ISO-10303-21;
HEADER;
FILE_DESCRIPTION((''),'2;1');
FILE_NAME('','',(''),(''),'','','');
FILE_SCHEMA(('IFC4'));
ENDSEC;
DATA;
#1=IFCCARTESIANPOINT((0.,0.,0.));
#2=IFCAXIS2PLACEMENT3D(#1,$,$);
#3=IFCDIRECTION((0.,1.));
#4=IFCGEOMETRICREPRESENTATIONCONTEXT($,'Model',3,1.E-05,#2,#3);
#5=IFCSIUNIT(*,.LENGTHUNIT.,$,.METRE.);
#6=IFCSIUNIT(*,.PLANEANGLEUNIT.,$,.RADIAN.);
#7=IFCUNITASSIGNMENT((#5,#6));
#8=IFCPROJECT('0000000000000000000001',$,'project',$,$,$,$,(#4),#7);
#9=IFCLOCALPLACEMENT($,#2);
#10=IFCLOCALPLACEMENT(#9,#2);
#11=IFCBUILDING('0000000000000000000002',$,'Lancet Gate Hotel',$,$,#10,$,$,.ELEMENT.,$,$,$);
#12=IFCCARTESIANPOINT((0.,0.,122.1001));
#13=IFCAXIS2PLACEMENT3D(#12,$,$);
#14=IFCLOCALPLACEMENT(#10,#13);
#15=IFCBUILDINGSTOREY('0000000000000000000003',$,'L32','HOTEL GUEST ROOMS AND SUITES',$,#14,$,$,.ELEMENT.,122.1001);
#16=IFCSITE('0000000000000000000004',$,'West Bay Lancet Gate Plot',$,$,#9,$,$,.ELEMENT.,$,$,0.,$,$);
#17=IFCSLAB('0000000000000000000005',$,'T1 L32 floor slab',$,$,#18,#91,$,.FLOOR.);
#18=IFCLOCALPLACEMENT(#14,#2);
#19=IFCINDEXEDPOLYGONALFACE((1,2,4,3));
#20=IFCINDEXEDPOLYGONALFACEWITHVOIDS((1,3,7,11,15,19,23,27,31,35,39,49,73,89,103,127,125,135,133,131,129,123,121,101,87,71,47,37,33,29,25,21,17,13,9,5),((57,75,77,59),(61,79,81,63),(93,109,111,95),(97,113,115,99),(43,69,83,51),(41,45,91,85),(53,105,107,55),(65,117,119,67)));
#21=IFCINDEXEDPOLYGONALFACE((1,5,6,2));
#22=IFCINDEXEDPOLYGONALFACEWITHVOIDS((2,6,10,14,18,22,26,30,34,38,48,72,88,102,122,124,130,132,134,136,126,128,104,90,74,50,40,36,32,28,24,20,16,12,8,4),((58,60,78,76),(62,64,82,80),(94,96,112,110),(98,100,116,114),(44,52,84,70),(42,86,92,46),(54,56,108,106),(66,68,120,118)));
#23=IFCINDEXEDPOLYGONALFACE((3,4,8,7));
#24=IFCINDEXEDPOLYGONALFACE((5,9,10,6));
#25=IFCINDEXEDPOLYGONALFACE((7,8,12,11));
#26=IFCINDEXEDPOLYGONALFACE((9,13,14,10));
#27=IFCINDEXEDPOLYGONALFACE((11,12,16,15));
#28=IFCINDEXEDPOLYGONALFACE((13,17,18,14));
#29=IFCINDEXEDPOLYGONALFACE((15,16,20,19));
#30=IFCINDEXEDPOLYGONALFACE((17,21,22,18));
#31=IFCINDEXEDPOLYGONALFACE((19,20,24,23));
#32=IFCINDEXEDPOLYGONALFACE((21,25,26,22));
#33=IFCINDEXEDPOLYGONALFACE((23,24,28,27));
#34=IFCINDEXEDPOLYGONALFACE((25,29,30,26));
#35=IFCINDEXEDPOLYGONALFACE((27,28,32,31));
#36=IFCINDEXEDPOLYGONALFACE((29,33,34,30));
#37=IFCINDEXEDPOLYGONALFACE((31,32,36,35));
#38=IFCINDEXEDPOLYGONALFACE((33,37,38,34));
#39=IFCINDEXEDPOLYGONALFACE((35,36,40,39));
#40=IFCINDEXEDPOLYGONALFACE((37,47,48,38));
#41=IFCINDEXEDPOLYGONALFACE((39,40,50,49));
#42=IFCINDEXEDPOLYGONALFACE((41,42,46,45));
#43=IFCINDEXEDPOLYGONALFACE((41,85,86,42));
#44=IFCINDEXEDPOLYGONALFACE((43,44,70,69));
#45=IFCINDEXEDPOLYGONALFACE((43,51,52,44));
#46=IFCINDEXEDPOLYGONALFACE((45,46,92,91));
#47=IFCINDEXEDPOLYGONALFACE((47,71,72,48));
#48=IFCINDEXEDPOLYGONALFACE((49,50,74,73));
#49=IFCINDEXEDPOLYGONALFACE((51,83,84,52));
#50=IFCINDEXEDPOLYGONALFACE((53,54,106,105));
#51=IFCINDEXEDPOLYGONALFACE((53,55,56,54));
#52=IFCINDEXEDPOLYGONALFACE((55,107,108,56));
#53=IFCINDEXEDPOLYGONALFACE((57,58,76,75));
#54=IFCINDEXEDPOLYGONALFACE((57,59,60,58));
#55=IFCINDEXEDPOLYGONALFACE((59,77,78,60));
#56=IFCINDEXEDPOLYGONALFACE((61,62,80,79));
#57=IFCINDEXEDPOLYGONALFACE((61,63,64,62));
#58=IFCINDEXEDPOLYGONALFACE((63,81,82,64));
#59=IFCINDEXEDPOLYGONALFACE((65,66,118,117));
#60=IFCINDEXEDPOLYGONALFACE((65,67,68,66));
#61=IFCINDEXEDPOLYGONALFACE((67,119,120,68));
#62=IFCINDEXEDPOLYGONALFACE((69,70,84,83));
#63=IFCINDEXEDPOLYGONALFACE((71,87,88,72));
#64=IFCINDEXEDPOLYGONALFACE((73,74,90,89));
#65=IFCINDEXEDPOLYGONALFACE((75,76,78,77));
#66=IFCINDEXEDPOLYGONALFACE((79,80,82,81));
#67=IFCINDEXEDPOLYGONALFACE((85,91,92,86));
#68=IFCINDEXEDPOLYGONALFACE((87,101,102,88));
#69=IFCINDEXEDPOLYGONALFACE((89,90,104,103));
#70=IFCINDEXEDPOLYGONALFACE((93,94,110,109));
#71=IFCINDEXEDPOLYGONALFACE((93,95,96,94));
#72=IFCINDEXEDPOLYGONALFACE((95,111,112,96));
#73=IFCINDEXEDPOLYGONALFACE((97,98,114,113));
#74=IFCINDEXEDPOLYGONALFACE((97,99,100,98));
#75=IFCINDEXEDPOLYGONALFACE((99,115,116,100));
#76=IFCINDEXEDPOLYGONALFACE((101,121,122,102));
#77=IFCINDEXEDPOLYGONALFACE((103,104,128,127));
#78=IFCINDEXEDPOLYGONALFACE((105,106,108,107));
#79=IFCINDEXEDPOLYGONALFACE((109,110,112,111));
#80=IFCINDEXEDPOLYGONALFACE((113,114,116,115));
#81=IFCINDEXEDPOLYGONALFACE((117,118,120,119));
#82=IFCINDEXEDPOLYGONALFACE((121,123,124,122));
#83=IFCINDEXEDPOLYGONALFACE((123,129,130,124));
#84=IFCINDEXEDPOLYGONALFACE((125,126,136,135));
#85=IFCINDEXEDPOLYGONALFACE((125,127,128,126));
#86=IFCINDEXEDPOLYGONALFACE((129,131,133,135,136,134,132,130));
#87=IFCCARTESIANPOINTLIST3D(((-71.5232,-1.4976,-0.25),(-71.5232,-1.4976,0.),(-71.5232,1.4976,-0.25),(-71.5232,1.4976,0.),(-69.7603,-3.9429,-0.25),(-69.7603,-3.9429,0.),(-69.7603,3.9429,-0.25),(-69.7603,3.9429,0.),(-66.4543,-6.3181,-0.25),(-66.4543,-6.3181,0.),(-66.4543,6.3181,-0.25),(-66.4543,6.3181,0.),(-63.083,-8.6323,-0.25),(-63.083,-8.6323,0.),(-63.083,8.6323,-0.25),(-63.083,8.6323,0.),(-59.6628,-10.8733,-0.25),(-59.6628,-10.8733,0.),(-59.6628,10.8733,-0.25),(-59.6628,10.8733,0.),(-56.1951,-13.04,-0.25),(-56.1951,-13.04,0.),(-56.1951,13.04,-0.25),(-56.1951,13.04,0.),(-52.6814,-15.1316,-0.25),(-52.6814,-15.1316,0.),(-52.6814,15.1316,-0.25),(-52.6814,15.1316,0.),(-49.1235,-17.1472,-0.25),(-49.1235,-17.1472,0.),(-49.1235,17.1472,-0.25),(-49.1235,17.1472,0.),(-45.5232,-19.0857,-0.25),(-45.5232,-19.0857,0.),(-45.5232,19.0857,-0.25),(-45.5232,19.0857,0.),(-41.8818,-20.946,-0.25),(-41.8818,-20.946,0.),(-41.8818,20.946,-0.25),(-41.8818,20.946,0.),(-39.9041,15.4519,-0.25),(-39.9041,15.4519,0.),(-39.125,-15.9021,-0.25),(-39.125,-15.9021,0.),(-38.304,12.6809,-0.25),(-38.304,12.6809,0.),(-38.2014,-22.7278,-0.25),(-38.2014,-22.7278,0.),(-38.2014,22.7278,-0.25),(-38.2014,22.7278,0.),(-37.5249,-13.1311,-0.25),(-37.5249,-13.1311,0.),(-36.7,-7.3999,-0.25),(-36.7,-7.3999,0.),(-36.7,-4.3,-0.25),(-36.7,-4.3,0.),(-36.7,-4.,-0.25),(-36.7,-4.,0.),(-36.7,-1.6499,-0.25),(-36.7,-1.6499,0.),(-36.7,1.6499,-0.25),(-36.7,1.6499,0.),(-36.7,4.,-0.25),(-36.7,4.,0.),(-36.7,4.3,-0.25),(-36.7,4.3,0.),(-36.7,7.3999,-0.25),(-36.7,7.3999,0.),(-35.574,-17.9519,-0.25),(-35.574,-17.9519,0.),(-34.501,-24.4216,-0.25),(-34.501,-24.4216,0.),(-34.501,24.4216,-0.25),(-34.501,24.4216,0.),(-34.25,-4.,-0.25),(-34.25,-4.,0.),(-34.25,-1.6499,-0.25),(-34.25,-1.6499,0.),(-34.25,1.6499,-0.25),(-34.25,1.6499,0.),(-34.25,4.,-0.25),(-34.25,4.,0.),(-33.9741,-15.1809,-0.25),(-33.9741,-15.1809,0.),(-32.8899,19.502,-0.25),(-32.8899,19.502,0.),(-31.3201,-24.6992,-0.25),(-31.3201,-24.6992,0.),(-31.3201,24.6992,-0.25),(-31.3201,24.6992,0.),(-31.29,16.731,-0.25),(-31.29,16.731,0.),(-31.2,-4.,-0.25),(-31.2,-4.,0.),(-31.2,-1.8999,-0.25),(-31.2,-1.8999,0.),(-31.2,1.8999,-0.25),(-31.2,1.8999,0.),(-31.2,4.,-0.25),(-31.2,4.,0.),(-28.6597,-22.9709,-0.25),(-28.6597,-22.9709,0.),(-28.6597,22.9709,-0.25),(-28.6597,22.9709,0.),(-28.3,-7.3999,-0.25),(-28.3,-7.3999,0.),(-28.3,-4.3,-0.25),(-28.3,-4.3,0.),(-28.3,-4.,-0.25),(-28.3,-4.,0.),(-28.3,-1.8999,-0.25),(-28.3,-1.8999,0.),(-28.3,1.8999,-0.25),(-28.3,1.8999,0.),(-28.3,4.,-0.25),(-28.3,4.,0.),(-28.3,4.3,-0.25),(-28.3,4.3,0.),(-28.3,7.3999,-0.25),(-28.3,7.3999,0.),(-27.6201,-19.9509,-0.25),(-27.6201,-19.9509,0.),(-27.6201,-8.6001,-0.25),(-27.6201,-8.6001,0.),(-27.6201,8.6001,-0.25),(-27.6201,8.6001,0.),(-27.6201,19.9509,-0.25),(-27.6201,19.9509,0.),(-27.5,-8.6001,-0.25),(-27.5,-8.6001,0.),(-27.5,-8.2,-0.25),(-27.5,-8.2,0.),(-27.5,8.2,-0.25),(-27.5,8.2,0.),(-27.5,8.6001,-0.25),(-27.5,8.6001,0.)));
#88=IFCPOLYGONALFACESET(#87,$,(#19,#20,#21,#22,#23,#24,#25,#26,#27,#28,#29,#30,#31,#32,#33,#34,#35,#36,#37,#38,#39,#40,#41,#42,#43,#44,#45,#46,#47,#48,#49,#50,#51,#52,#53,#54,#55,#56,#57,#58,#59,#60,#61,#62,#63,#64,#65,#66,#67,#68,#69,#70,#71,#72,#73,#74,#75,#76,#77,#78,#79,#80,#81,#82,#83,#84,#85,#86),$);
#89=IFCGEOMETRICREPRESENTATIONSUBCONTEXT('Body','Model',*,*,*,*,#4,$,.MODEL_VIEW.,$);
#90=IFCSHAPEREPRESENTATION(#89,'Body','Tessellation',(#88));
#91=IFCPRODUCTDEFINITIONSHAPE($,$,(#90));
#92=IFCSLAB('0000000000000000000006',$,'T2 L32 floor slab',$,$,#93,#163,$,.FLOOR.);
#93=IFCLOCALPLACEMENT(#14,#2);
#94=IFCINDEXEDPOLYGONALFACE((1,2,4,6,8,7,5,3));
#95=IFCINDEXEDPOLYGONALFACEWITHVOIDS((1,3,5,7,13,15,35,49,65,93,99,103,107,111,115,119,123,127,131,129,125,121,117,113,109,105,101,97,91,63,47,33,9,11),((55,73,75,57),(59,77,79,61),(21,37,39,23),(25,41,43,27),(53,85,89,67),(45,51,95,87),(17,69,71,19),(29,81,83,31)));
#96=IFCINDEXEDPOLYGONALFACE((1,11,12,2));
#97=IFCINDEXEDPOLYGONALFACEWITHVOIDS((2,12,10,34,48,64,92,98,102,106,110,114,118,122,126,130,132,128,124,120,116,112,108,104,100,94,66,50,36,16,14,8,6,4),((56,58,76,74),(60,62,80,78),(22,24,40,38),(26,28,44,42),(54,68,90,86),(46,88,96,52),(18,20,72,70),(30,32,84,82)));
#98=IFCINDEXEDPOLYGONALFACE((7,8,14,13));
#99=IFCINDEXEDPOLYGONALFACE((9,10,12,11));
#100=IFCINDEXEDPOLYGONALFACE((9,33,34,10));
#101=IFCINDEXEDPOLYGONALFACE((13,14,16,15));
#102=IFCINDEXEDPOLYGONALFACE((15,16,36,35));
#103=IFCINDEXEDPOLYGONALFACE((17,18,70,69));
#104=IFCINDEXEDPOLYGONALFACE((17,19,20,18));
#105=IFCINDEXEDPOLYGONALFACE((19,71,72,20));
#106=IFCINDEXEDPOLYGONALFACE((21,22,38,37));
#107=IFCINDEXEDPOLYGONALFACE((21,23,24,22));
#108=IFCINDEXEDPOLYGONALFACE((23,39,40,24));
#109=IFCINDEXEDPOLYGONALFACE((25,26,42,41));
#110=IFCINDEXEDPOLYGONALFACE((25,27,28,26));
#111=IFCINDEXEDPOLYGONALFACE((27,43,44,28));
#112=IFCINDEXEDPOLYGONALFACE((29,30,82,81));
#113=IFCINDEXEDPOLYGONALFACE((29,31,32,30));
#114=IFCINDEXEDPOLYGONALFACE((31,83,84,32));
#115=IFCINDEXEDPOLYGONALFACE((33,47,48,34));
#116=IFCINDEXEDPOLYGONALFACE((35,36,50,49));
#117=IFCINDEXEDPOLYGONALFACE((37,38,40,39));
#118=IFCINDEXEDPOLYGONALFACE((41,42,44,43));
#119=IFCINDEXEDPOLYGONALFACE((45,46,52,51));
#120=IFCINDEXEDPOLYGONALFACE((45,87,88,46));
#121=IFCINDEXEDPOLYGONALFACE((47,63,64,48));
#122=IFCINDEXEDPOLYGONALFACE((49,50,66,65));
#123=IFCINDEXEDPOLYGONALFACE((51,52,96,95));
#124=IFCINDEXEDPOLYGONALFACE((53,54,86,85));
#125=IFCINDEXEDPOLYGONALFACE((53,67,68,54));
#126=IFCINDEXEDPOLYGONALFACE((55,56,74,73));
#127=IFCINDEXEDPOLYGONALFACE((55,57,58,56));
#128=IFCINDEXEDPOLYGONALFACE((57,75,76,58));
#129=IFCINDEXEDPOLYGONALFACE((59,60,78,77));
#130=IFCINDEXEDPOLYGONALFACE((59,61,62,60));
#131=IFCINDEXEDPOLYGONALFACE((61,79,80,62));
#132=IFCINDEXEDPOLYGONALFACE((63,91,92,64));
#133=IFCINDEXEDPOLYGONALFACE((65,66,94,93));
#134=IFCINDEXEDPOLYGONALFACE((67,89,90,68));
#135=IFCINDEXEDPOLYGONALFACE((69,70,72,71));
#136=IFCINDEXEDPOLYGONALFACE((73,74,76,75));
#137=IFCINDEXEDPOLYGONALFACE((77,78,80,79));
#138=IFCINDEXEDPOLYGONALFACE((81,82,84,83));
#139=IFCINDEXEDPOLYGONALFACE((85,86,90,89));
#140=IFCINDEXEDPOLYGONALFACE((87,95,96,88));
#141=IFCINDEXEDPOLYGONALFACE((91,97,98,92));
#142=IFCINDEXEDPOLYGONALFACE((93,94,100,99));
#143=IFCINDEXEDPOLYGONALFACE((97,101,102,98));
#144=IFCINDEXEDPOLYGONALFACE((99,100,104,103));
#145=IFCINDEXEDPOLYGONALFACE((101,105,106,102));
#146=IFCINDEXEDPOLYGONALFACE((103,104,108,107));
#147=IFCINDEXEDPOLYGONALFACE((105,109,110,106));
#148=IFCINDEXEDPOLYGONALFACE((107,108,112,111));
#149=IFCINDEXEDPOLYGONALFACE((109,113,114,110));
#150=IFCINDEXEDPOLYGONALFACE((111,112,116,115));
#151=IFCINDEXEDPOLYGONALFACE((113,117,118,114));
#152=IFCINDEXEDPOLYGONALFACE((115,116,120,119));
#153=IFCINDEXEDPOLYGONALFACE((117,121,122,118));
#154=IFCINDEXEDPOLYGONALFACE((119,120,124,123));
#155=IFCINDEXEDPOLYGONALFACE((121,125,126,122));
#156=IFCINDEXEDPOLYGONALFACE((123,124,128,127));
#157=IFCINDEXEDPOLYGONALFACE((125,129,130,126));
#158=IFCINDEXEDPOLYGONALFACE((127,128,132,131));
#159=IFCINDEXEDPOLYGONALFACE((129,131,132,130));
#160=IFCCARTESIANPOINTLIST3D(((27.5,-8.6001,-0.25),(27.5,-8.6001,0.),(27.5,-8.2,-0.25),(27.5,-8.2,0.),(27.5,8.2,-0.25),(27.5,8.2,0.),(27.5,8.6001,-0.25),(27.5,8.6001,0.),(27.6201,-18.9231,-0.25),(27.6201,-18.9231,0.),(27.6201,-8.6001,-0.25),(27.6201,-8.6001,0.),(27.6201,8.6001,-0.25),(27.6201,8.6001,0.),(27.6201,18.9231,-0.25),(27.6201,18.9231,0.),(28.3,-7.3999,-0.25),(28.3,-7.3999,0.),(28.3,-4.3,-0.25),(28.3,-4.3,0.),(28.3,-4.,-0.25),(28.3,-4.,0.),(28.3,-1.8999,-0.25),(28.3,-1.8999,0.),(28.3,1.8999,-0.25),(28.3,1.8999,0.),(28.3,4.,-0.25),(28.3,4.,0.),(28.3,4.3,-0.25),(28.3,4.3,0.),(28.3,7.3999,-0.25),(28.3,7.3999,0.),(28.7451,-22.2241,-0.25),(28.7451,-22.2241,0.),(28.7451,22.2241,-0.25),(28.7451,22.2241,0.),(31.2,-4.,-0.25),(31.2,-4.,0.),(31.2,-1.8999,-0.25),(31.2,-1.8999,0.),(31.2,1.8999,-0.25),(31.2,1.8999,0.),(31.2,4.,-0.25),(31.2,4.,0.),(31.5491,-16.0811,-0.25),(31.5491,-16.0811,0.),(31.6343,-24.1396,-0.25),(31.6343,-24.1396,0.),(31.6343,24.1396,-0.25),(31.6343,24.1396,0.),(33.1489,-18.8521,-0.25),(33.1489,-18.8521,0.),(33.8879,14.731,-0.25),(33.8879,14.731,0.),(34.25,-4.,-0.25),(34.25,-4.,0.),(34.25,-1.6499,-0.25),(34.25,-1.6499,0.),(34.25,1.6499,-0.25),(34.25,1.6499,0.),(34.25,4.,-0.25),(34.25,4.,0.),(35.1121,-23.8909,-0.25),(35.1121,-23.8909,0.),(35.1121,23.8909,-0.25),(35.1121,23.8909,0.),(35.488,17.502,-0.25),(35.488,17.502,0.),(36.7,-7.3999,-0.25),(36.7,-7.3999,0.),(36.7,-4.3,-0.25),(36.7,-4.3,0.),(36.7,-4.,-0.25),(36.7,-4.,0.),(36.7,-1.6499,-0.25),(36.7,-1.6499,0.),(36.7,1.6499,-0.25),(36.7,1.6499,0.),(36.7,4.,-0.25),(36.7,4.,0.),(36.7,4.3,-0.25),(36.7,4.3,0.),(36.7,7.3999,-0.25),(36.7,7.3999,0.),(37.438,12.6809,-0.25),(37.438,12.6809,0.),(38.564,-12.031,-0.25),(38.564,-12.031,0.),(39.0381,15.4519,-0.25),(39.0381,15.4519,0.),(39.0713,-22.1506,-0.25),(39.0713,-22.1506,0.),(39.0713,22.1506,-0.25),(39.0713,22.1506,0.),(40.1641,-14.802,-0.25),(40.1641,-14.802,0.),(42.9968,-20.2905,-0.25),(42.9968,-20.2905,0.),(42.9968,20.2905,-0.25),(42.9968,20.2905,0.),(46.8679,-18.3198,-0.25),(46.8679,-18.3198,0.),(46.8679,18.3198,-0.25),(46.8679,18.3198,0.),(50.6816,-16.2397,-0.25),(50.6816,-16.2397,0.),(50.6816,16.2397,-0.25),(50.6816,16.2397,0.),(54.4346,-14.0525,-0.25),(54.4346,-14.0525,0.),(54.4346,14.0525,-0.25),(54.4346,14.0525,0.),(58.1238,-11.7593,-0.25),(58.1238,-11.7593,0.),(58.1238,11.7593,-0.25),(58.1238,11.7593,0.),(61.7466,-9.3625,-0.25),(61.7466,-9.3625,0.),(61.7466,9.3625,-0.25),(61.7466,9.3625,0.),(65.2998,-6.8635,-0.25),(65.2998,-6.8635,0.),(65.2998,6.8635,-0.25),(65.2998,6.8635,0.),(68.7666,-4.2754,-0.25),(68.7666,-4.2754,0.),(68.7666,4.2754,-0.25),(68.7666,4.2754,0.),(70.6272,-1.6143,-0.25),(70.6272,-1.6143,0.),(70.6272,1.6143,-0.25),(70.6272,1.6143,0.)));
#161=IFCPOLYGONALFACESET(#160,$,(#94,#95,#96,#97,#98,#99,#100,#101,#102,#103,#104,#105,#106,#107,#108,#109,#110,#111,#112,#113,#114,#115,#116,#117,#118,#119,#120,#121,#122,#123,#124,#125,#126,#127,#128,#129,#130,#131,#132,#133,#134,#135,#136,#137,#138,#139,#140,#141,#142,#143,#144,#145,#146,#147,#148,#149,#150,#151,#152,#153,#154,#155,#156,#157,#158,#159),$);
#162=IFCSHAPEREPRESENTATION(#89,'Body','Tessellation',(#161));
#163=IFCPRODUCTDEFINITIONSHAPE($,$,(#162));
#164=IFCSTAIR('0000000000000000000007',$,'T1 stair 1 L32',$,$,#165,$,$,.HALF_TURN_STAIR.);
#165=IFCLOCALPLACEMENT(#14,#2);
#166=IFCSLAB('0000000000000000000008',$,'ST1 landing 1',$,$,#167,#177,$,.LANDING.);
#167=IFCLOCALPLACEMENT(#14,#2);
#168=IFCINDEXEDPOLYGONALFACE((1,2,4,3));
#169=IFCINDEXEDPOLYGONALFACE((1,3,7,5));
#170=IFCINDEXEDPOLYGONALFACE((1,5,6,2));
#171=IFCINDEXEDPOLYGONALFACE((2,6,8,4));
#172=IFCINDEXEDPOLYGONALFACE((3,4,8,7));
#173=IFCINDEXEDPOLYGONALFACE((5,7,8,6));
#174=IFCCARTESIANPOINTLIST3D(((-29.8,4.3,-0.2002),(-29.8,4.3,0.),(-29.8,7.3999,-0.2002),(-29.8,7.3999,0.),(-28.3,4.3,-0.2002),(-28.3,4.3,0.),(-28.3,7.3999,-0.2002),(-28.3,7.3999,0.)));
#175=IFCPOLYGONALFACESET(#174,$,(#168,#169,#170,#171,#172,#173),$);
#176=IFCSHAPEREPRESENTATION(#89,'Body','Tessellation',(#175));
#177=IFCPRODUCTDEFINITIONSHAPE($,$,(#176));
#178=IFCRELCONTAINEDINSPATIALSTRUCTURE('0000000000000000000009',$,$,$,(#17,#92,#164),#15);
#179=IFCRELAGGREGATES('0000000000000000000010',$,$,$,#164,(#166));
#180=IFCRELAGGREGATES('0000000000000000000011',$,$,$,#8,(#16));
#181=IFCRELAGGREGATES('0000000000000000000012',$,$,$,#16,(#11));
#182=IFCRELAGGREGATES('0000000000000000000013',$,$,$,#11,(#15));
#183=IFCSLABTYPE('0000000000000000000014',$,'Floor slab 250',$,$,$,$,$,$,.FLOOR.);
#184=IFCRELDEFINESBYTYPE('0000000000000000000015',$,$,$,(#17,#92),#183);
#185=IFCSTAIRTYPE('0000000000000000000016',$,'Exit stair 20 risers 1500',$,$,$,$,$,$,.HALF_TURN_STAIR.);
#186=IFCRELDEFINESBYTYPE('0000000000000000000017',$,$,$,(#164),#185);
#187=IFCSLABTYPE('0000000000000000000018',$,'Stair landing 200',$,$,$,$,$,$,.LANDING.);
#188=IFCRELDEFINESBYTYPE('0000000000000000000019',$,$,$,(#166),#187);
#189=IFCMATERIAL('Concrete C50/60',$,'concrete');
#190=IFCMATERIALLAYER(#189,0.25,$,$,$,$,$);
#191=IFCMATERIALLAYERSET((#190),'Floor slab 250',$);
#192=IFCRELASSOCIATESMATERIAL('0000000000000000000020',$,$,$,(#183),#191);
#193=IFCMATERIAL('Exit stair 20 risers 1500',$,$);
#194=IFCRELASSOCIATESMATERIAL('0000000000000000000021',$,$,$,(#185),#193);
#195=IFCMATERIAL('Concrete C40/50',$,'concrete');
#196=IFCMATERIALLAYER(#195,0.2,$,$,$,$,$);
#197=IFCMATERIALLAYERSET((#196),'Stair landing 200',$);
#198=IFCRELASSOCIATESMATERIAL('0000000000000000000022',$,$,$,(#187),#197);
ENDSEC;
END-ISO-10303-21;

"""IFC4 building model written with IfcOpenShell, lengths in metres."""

from ifc_helpers import new_model, si_unit, direction, frame, origin, place, context, subcontext, project, spatial, polyline, outline, extrude, material, layer, layer_set, type_object, element, aggregate, save


model = new_model("IFC4")

# Units and contexts
model_context = context("Model", 3, precision=1e-05, world=origin(), true_north=direction((0.0, 1.0)))
body_context = subcontext(model_context, "Body", "Model", "MODEL_VIEW")
ifc_project = project(units=[si_unit("LENGTHUNIT", "METRE"), si_unit("PLANEANGLEUNIT", "RADIAN")], contexts=[model_context])

# Site, building, storey
site_placement = place(None, origin())
site = spatial("IfcSite", under=ifc_project, at=site_placement, Name="West Bay Lancet Gate Plot", CompositionType="ELEMENT", RefElevation=0.0)
building_placement = place(site_placement, origin())
building = spatial("IfcBuilding", under=site, at=building_placement, Name="Lancet Gate Hotel", CompositionType="ELEMENT")
storey_placement = place(building_placement, frame((0.0, 0.0, 122.1001)))
storey = spatial("IfcBuildingStorey", under=building, at=storey_placement, Name="L32", Description="HOTEL GUEST ROOMS AND SUITES", CompositionType="ELEMENT", Elevation=122.1001)

# Slabs
ifc_material_1 = material(Name="Concrete C50/60", Category="concrete")
ifc_layer_1 = layer(ifc_material_1, 0.25)
ifc_layer_set_1 = layer_set([ifc_layer_1], Name="Floor slab 250")
slab_type_1 = type_object("IfcSlabType", Name="Floor slab 250", PredefinedType="FLOOR", material=ifc_layer_set_1)
slab_1_placement = place(storey_placement, frame((0.0, 0.0, -0.25)))
element("IfcSlab", 1, at=slab_1_placement, inside=storey, type_object=slab_type_1, Name="T1 L32 floor slab", PredefinedType="FLOOR", context=body_context, shape_type="SweptSolid", body=[
    extrude(outline(polyline([(-27.5, 8.6001), (-27.6201, 8.6001), (-27.6201, 19.9509), (-28.6597, 22.9709), (-31.3201, 24.6992), (-34.501, 24.4216), (-38.2014, 22.7278), (-41.8818, 20.946), (-45.5232, 19.0857), (-49.1235, 17.1472), (-52.6814, 15.1316), (-56.1951, 13.04), (-59.6628, 10.8733), (-63.083, 8.6323), (-66.4543, 6.3181), (-69.7603, 3.9429), (-71.5232, 1.4976), (-71.5232, -1.4976), (-69.7603, -3.9429), (-66.4543, -6.3181), (-63.083, -8.6323), (-59.6628, -10.8733), (-56.1951, -13.04), (-52.6814, -15.1316), (-49.1235, -17.1472), (-45.5232, -19.0857), (-41.8818, -20.946), (-38.2014, -22.7278), (-34.501, -24.4216), (-31.3201, -24.6992), (-28.6597, -22.9709), (-27.6201, -19.9509), (-27.6201, -8.6001), (-27.5, -8.6001), (-27.5, -8.2), (-27.5, 8.2), (-27.5, 8.6001)]), holes=[polyline([(-36.7, 7.3999), (-36.7, 4.3), (-28.3, 4.3), (-28.3, 7.3999), (-36.7, 7.3999)]), polyline([(-28.3, 4.0), (-31.2, 4.0), (-31.2, 1.8999), (-28.3, 1.8999), (-28.3, 4.0)]), polyline([(-34.25, 4.0), (-36.7, 4.0), (-36.7, 1.6499), (-34.25, 1.6499), (-34.25, 4.0)]), polyline([(-36.7, -1.6499), (-36.7, -4.0), (-34.25, -4.0), (-34.25, -1.6499), (-36.7, -1.6499)]), polyline([(-28.3, -1.8999), (-31.2, -1.8999), (-31.2, -4.0), (-28.3, -4.0), (-28.3, -1.8999)]), polyline([(-28.3, -4.3), (-36.7, -4.3), (-36.7, -7.3999), (-28.3, -7.3999), (-28.3, -4.3)]), polyline([(-31.29, 16.731), (-32.8899, 19.502), (-39.9041, 15.4519), (-38.304, 12.6809), (-31.29, 16.731)]), polyline([(-33.9741, -15.1809), (-37.5249, -13.1311), (-39.125, -15.9021), (-35.574, -17.9519), (-33.9741, -15.1809)])]), origin(), (0.0, 0.0, 1.0), 0.25),
])
slab_2_placement = place(storey_placement, frame((0.0, 0.0, -0.25)))
element("IfcSlab", 2, at=slab_2_placement, inside=storey, type_object=slab_type_1, Name="T2 L32 floor slab", PredefinedType="FLOOR", context=body_context, shape_type="SweptSolid", body=[
    extrude(outline(polyline([(27.5, -8.6001), (27.6201, -8.6001), (27.6201, -18.9231), (28.7451, -22.2241), (31.6343, -24.1396), (35.1121, -23.8909), (39.0713, -22.1506), (42.9968, -20.2905), (46.8679, -18.3198), (50.6816, -16.2397), (54.4346, -14.0525), (58.1238, -11.7593), (61.7466, -9.3625), (65.2998, -6.8635), (68.7666, -4.2754), (70.6272, -1.6143), (70.6272, 1.6143), (68.7666, 4.2754), (65.2998, 6.8635), (61.7466, 9.3625), (58.1238, 11.7593), (54.4346, 14.0525), (50.6816, 16.2397), (46.8679, 18.3198), (42.9968, 20.2905), (39.0713, 22.1506), (35.1121, 23.8909), (31.6343, 24.1396), (28.7451, 22.2241), (27.6201, 18.9231), (27.6201, 8.6001), (27.5, 8.6001), (27.5, 8.2), (27.5, -8.2), (27.5, -8.6001)]), holes=[polyline([(36.7, -7.3999), (36.7, -4.3), (28.3, -4.3), (28.3, -7.3999), (36.7, -7.3999)]), polyline([(28.3, -4.0), (31.2, -4.0), (31.2, -1.8999), (28.3, -1.8999), (28.3, -4.0)]), polyline([(34.25, -4.0), (36.7, -4.0), (36.7, -1.6499), (34.25, -1.6499), (34.25, -4.0)]), polyline([(36.7, 1.6499), (36.7, 4.0), (34.25, 4.0), (34.25, 1.6499), (36.7, 1.6499)]), polyline([(28.3, 1.8999), (31.2, 1.8999), (31.2, 4.0), (28.3, 4.0), (28.3, 1.8999)]), polyline([(28.3, 4.3), (36.7, 4.3), (36.7, 7.3999), (28.3, 7.3999), (28.3, 4.3)]), polyline([(31.5491, -16.0811), (33.1489, -18.8521), (40.1641, -14.802), (38.564, -12.031), (31.5491, -16.0811)]), polyline([(33.8879, 14.731), (37.438, 12.6809), (39.0381, 15.4519), (35.488, 17.502), (33.8879, 14.731)])]), origin(), (0.0, 0.0, 1.0), 0.25),
])

# Stair, slab
ifc_material_2 = material(Name="Exit stair 20 risers 1500")
stair_type = type_object("IfcStairType", Name="Exit stair 20 risers 1500", PredefinedType="HALF_TURN_STAIR", material=ifc_material_2)
stair_1_placement = place(storey_placement, origin())
stair_1 = element("IfcStair", 3, at=stair_1_placement, inside=storey, type_object=stair_type, Name="T1 stair 1 L32", PredefinedType="HALF_TURN_STAIR")
ifc_material_3 = material(Name="Concrete C40/50", Category="concrete")
ifc_layer_2 = layer(ifc_material_3, 0.2)
ifc_layer_set_2 = layer_set([ifc_layer_2], Name="Stair landing 200")
slab_type_2 = type_object("IfcSlabType", Name="Stair landing 200", PredefinedType="LANDING", material=ifc_layer_set_2)
slab_3_placement = place(storey_placement, frame((0.0, 0.0, -0.2002)))
slab_3 = element("IfcSlab", 4, at=slab_3_placement, type_object=slab_type_2, Name="ST1 landing 1", PredefinedType="LANDING", context=body_context, shape_type="SweptSolid", body=[
    extrude(outline(polyline([(-28.3, 7.3999), (-29.8, 7.3999), (-29.8, 4.3), (-28.3, 4.3), (-28.3, 7.3999)])), origin(), (0.0, 0.0, 1.0), 0.2002),
])
aggregate(stair_1, [slab_3])

save(model, "model.ifc")
